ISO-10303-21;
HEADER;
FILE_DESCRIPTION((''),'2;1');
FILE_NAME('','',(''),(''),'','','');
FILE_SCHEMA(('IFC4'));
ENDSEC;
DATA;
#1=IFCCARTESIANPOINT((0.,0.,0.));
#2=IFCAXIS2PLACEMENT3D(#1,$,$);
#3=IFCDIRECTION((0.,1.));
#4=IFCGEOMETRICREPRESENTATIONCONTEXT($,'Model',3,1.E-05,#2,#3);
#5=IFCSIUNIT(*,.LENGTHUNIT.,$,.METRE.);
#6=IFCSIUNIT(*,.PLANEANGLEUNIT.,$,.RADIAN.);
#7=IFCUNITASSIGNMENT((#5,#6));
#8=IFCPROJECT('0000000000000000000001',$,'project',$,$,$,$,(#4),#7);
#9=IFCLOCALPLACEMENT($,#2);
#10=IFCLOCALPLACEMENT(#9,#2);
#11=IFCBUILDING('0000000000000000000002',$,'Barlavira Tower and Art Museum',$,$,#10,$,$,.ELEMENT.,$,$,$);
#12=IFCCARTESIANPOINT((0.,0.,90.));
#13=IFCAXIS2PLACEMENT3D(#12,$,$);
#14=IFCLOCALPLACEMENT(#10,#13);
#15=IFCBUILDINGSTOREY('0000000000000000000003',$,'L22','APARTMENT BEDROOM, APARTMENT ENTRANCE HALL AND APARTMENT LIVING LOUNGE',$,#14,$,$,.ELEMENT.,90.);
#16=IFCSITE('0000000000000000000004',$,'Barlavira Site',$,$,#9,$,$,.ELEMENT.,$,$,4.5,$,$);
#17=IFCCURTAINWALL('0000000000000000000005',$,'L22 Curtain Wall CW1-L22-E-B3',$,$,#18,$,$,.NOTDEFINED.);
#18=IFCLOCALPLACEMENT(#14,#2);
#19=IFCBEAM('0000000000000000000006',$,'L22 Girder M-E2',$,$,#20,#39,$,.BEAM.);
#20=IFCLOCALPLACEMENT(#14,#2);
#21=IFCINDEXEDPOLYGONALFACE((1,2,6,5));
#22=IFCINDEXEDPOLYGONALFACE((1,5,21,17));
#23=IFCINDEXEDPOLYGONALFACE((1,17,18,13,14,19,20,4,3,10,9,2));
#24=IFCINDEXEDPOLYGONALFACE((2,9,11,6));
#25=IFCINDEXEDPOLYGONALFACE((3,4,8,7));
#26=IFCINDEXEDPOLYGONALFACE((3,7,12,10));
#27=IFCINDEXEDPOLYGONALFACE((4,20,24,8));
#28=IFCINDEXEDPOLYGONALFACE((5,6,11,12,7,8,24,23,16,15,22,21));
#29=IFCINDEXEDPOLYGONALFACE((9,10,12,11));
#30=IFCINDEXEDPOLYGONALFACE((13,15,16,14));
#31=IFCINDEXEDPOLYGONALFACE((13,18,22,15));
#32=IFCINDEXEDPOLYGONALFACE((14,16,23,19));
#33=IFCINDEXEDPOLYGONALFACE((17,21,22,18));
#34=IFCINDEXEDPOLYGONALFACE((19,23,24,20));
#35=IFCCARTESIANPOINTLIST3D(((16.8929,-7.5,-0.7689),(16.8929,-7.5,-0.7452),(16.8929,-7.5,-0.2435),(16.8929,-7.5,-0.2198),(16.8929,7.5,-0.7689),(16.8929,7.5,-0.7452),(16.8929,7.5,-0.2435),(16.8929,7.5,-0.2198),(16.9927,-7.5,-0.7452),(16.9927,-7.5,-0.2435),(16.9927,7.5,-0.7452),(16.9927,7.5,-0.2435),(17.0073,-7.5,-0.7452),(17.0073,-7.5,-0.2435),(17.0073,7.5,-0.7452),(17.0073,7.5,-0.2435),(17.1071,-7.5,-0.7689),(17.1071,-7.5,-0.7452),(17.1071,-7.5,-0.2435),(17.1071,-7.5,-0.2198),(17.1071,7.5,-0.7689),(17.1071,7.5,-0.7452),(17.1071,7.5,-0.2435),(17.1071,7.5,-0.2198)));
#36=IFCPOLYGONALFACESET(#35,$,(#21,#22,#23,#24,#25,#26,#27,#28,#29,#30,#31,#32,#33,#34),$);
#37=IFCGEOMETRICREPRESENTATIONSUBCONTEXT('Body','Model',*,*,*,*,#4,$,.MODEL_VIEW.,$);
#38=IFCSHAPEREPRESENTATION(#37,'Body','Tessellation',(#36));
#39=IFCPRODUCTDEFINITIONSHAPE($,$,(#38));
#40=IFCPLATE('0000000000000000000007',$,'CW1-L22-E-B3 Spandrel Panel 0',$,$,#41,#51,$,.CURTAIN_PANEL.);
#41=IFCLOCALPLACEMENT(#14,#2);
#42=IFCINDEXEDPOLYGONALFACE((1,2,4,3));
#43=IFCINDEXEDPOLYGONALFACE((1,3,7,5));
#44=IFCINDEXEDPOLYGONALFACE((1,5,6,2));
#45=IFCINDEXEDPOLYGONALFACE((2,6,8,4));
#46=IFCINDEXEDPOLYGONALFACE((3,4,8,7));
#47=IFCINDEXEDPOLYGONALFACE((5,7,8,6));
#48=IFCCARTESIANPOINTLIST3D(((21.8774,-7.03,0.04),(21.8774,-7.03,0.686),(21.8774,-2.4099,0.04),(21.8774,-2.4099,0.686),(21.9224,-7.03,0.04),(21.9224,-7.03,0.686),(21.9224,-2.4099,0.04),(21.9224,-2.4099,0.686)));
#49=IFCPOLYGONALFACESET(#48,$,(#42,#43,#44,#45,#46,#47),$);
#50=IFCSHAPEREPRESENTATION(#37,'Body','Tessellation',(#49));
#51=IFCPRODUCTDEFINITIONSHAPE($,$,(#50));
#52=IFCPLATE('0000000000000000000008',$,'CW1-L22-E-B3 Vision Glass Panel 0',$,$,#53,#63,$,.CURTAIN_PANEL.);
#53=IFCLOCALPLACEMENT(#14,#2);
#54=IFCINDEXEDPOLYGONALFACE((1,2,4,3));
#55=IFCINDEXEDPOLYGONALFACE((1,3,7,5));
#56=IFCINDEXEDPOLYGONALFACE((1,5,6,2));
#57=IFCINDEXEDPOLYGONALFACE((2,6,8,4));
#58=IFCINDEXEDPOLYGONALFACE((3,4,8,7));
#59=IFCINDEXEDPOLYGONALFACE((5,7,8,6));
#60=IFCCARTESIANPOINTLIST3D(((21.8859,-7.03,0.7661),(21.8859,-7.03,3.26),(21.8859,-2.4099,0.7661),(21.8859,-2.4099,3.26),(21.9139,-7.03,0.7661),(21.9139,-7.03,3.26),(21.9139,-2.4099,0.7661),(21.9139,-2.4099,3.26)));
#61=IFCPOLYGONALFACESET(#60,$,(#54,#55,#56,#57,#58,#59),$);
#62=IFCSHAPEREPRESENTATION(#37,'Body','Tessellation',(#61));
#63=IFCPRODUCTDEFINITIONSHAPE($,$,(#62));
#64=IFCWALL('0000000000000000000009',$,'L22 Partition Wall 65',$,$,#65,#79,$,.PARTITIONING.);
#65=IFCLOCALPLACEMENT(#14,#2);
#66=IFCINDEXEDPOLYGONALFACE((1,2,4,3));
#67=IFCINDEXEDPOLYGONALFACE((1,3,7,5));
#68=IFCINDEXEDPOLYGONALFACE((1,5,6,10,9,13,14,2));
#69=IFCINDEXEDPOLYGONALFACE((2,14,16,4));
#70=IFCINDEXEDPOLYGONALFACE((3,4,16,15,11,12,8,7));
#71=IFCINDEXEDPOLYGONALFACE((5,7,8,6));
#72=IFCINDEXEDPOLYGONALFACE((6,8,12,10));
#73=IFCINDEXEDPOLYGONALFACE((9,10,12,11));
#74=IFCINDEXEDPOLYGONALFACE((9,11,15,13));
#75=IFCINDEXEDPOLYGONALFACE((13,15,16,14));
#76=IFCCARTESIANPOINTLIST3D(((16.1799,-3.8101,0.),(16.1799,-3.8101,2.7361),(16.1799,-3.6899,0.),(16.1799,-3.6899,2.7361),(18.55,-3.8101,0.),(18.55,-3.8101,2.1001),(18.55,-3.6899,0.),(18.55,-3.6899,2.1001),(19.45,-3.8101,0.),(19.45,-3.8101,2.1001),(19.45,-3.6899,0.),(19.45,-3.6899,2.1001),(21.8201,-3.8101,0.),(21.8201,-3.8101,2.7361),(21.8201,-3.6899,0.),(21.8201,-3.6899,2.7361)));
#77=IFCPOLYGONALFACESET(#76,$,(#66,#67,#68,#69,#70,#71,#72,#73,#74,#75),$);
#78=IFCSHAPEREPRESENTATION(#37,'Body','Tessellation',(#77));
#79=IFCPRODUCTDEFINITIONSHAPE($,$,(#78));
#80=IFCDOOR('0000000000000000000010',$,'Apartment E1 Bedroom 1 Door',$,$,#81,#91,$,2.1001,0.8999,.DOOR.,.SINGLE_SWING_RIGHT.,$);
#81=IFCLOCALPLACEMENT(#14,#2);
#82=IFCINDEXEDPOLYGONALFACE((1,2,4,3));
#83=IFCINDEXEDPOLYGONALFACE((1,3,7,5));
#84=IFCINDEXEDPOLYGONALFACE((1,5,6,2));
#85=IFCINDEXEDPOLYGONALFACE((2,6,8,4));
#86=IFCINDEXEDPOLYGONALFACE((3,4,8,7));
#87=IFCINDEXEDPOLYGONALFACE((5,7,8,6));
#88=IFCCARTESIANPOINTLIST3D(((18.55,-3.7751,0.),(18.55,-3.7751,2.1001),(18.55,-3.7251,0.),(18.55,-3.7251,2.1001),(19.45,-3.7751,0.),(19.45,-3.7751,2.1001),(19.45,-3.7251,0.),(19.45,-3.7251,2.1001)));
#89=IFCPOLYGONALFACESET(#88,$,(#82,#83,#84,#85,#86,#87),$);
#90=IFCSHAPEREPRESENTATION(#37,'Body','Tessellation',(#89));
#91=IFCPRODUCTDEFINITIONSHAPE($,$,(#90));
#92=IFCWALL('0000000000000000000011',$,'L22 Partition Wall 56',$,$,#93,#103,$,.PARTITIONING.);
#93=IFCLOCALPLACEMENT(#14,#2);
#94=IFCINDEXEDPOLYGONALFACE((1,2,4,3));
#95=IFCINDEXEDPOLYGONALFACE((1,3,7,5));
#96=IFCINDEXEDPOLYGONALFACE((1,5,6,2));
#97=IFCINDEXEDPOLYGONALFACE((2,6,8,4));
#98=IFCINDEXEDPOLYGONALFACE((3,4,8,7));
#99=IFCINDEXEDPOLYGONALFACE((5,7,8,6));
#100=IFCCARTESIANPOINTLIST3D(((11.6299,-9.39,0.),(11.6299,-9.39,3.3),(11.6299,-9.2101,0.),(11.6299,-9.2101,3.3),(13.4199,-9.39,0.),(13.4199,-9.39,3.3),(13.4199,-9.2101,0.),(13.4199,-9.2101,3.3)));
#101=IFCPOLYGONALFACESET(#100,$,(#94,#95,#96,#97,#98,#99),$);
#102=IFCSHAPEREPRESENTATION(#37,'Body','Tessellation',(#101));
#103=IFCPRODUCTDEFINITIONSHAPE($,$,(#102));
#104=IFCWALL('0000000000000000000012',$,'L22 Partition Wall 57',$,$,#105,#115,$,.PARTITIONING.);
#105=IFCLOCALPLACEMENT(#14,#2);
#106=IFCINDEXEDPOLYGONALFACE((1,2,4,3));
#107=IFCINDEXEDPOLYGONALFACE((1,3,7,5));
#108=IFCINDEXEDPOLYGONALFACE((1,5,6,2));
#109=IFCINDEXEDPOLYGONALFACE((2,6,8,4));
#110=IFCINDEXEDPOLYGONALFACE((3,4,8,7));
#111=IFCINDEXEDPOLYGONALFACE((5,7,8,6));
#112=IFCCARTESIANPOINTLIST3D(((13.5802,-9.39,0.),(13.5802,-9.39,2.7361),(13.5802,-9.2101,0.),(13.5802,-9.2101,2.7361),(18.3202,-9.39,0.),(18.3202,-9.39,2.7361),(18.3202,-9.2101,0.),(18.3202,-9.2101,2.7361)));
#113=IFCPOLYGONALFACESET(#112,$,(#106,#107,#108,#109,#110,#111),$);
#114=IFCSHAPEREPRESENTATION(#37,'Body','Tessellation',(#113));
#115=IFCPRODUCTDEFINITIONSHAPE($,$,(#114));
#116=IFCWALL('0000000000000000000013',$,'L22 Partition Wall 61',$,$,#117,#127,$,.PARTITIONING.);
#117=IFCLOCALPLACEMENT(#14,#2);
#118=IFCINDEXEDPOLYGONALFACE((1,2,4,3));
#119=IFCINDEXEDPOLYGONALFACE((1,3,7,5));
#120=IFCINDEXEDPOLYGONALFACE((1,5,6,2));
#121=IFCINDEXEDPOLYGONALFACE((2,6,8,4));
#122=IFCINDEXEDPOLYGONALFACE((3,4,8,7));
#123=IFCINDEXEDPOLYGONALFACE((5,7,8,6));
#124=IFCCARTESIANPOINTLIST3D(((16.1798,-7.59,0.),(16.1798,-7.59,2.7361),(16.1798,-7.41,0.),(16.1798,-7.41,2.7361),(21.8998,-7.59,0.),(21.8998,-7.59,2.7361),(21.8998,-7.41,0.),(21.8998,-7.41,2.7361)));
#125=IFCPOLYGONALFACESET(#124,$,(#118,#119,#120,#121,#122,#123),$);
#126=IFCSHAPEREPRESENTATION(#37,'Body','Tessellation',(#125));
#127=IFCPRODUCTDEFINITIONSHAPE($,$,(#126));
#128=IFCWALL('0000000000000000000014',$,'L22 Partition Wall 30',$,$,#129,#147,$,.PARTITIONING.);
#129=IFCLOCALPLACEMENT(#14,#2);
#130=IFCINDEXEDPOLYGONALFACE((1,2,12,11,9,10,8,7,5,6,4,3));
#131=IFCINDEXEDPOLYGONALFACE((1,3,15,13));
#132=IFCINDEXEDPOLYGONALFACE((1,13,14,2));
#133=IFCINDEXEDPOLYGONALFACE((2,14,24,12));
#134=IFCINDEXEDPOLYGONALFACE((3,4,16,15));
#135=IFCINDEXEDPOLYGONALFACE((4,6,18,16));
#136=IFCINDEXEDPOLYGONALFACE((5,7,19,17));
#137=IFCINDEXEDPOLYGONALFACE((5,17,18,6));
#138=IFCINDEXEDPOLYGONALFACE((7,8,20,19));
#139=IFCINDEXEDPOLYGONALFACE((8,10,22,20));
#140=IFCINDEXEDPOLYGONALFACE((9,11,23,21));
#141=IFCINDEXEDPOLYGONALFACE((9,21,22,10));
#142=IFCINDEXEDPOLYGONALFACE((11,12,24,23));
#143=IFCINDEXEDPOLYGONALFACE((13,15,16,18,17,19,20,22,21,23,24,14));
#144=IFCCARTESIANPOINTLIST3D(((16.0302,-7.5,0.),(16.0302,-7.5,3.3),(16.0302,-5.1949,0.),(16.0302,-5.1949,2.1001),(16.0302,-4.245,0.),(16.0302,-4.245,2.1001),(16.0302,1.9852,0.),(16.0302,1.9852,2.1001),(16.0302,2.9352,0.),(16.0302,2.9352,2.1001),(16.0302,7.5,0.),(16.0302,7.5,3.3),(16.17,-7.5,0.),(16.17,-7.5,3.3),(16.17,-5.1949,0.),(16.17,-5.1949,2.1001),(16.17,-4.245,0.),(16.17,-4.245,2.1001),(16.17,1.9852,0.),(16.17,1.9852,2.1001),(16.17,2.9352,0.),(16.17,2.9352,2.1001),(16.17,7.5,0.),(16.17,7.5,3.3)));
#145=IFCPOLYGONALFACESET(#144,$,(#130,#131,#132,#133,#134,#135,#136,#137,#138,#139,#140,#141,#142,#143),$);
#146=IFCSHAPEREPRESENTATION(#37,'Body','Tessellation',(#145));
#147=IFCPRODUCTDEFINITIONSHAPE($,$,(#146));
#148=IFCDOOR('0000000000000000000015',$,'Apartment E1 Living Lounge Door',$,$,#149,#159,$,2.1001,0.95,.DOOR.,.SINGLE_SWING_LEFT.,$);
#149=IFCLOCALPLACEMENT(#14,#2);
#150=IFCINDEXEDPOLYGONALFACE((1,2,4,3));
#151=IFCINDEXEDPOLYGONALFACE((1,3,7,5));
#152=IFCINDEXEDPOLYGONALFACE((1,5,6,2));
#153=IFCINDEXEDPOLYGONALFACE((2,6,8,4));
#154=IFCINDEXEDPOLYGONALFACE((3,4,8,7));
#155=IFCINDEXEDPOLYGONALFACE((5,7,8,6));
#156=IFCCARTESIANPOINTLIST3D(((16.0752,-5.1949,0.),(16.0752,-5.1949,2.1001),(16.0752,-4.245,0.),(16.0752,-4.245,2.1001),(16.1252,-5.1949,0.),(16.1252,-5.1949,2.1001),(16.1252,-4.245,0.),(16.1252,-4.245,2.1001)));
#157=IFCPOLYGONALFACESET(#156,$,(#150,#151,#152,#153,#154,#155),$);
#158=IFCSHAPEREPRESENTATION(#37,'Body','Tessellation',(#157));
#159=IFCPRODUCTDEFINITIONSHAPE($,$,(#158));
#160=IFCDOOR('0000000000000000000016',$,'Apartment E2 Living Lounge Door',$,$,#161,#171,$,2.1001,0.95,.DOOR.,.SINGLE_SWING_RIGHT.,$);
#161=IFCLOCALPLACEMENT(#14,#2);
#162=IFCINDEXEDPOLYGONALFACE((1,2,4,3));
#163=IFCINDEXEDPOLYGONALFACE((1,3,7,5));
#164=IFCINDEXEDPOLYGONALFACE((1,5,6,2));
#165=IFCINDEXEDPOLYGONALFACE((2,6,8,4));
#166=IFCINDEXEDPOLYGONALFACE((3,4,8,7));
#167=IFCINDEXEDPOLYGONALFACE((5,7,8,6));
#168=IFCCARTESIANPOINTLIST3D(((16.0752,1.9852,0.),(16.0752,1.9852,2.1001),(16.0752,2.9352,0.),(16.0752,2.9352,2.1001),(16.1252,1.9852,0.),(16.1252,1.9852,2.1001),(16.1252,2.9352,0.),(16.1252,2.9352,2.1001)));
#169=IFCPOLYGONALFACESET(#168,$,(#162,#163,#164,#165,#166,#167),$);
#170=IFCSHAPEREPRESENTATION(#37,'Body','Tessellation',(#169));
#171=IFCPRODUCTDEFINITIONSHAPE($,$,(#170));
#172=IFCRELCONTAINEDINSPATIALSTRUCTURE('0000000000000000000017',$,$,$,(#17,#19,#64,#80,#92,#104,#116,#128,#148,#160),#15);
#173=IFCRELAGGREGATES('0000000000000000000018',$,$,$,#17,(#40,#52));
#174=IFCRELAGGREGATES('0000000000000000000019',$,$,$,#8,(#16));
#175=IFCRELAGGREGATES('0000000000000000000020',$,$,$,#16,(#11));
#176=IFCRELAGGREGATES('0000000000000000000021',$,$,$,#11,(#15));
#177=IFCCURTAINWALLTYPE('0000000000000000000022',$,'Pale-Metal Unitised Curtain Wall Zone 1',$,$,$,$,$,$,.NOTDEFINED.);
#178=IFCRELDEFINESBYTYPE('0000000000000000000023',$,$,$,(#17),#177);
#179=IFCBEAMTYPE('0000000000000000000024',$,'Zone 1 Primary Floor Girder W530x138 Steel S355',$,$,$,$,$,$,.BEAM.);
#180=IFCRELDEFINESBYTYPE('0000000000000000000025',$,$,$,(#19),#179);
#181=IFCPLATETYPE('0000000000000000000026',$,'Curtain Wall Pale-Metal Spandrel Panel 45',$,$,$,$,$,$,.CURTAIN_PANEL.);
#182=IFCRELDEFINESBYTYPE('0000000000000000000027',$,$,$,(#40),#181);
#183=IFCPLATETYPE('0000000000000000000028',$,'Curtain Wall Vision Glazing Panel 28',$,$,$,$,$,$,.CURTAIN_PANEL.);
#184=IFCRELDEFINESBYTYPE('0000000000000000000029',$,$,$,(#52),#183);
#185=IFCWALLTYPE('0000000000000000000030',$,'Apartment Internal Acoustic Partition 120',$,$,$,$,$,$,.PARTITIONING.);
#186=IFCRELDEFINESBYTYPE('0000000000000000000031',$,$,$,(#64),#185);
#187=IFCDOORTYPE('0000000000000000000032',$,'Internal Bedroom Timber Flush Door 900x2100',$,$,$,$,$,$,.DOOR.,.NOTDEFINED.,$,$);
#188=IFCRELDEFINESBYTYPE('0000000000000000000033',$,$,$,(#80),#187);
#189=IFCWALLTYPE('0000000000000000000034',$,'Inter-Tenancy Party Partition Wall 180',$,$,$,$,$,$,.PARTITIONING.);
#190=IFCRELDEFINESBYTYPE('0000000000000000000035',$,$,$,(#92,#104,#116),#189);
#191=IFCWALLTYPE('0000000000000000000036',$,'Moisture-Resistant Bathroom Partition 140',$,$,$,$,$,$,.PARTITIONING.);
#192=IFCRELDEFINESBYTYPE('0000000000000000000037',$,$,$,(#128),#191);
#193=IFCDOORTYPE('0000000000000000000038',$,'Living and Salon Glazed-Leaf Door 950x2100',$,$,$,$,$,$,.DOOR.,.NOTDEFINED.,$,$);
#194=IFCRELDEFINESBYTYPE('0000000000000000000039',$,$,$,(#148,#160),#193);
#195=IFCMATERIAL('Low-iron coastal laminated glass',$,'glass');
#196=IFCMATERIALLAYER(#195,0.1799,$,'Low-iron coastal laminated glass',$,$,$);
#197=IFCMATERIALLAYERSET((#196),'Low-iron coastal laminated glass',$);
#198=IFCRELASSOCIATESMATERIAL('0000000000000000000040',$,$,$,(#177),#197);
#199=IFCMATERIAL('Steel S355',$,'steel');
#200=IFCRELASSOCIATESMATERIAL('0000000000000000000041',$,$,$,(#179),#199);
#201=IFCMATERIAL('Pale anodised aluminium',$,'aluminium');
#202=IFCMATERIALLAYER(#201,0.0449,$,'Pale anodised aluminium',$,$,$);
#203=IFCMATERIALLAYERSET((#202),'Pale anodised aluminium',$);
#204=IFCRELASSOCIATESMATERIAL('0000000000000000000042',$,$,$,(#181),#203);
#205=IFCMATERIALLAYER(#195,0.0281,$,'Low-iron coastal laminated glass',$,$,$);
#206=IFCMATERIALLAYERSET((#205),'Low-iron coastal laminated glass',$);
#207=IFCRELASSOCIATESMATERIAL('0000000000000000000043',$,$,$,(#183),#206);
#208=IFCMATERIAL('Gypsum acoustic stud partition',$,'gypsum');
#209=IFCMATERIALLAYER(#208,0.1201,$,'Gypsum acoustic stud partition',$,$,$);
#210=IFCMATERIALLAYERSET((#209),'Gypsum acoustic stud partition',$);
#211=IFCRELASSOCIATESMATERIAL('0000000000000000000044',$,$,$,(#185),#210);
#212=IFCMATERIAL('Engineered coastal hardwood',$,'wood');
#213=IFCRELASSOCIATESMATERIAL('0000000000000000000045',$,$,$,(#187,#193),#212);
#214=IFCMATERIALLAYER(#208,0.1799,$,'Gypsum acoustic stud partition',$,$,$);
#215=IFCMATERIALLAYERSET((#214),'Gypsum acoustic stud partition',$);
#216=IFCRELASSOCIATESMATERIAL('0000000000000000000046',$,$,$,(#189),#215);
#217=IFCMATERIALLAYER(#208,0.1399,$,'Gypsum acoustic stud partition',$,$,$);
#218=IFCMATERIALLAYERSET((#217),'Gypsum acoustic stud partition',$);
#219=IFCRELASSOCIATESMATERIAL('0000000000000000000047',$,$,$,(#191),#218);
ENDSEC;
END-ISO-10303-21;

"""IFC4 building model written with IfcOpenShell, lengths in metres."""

from ifc_helpers import new_model, si_unit, direction, frame, frame_2d, origin, origin_2d, place, context, subcontext, project, spatial, rectangle, i_section, extrude, material, layer, layer_set, material_profile, profile_set, type_object, element, fill, aggregate, save


model = new_model("IFC4")

# Units and contexts
model_context = context("Model", 3, precision=1e-05, world=origin(), true_north=direction((0.0, 1.0)))
body_context = subcontext(model_context, "Body", "Model", "MODEL_VIEW")
ifc_project = project(units=[si_unit("LENGTHUNIT", "METRE"), si_unit("PLANEANGLEUNIT", "RADIAN")], contexts=[model_context])

# Site, building, storey
site_placement = place(None, origin())
site = spatial("IfcSite", under=ifc_project, at=site_placement, Name="Barlavira Site", CompositionType="ELEMENT", RefElevation=4.5)
building_placement = place(site_placement, origin())
building = spatial("IfcBuilding", under=site, at=building_placement, Name="Barlavira Tower and Art Museum", CompositionType="ELEMENT")
storey_placement = place(building_placement, frame((0.0, 0.0, 90.0)))
storey = spatial("IfcBuildingStorey", under=building, at=storey_placement, Name="L22", Description="APARTMENT BEDROOM, APARTMENT ENTRANCE HALL AND APARTMENT LIVING LOUNGE", CompositionType="ELEMENT", Elevation=90.0)

# Curtain wall
ifc_material_1 = material(Name="Low-iron coastal laminated glass", Category="glass")
ifc_layer_1 = layer(ifc_material_1, 0.1799, Name="Low-iron coastal laminated glass")
ifc_layer_set_1 = layer_set([ifc_layer_1], Name="Low-iron coastal laminated glass")
curtain_wall_type = type_object("IfcCurtainWallType", Name="Pale-Metal Unitised Curtain Wall Zone 1", PredefinedType="NOTDEFINED", material=ifc_layer_set_1)
curtain_wall_placement = place(storey_placement, origin())
curtain_wall = element("IfcCurtainWall", 1, at=curtain_wall_placement, inside=storey, type_object=curtain_wall_type, Name="L22 Curtain Wall CW1-L22-E-B3", PredefinedType="NOTDEFINED")
ifc_material_2 = material(Name="Pale anodised aluminium", Category="aluminium")

# Shared definitions
ifc_material_3 = material(Name="Steel S355", Category="steel")

# Beam
ifc_material_profile_1 = material_profile(ifc_material_3, i_section(OverallWidth=0.2141, OverallDepth=0.5491, WebThickness=0.0146, FlangeThickness=0.0237, at=origin_2d()), Name="W530x138.0")
ifc_profile_set_1 = profile_set([ifc_material_profile_1], Name="Steel S355")
beam_type_1 = type_object("IfcBeamType", Name="Zone 1 Primary Floor Girder W530x138 Steel S355", PredefinedType="BEAM", material=ifc_profile_set_1)
beam_1_placement = place(storey_placement, frame((17.0, -7.5, -0.4944), z_axis=(0.0, 1.0, 0.0), x_axis=(-1.0, 0.0, 0.0)))
element("IfcBeam", 2, at=beam_1_placement, inside=storey, type_object=beam_type_1, Name="L22 Girder M-E2", PredefinedType="BEAM", context=body_context, shape_type="SweptSolid", body=[
    extrude(i_section(OverallWidth=0.2141, OverallDepth=0.5491, WebThickness=0.0146, FlangeThickness=0.0237, at=origin_2d()), origin(), (0.0, 0.0, 1.0), 15.0),
])

# Plates
ifc_layer_2 = layer(ifc_material_2, 0.0449, Name="Pale anodised aluminium")
ifc_layer_set_2 = layer_set([ifc_layer_2], Name="Pale anodised aluminium")
plate_type_1 = type_object("IfcPlateType", Name="Curtain Wall Pale-Metal Spandrel Panel 45", PredefinedType="CURTAIN_PANEL", material=ifc_layer_set_2)
plate_1_placement = place(storey_placement, frame((21.8999, -4.72, 0.04), z_axis=(0.0, 0.0, 1.0), x_axis=(0.0, 1.0, 0.0)))
plate_1 = element("IfcPlate", 3, at=plate_1_placement, type_object=plate_type_1, Name="CW1-L22-E-B3 Spandrel Panel 0", PredefinedType="CURTAIN_PANEL", context=body_context, shape_type="SweptSolid", body=[
    extrude(rectangle(XDim=4.6201, YDim=0.0449, at=origin_2d()), origin(), (0.0, 0.0, 1.0), 0.646),
])
ifc_layer_3 = layer(ifc_material_1, 0.0281, Name="Low-iron coastal laminated glass")
ifc_layer_set_3 = layer_set([ifc_layer_3], Name="Low-iron coastal laminated glass")
plate_type_2 = type_object("IfcPlateType", Name="Curtain Wall Vision Glazing Panel 28", PredefinedType="CURTAIN_PANEL", material=ifc_layer_set_3)
plate_2_placement = place(storey_placement, frame((21.8999, -4.72, 0.7661), z_axis=(0.0, 0.0, 1.0), x_axis=(0.0, 1.0, 0.0)))
plate_2 = element("IfcPlate", 4, at=plate_2_placement, type_object=plate_type_2, Name="CW1-L22-E-B3 Vision Glass Panel 0", PredefinedType="CURTAIN_PANEL", context=body_context, shape_type="SweptSolid", body=[
    extrude(rectangle(XDim=4.6201, YDim=0.0281, at=origin_2d()), origin(), (0.0, 0.0, 1.0), 2.4939),
])
aggregate(curtain_wall, [plate_1, plate_2])

# Wall, opening, door
ifc_material_4 = material(Name="Gypsum acoustic stud partition", Category="gypsum")
ifc_layer_4 = layer(ifc_material_4, 0.1201, Name="Gypsum acoustic stud partition")
ifc_layer_set_4 = layer_set([ifc_layer_4], Name="Gypsum acoustic stud partition")
wall_type_1 = type_object("IfcWallType", Name="Apartment Internal Acoustic Partition 120", PredefinedType="PARTITIONING", material=ifc_layer_set_4)
wall_1_placement = place(storey_placement, frame((16.1799, -3.75, 0.0), z_axis=(0.0, 0.0, 1.0), x_axis=(1.0, 0.0, 0.0)))
wall_1 = element("IfcWall", 5, at=wall_1_placement, inside=storey, type_object=wall_type_1, Name="L22 Partition Wall 65", PredefinedType="PARTITIONING", context=body_context, shape_type="SweptSolid", body=[
    extrude(rectangle(XDim=5.6401, YDim=0.1201, at=frame_2d((2.8201, 0.0))), origin(), (0.0, 0.0, 1.0), 2.7361),
])
opening_1_placement = place(wall_1_placement, frame((2.3701, 0.0, 0.0)))
opening_1 = element("IfcOpeningElement", 6, at=opening_1_placement, cuts=wall_1, PredefinedType="OPENING", context=body_context, shape_type="SweptSolid", body=[
    extrude(rectangle(XDim=0.8999, YDim=2.1001, at=frame_2d((0.45, 1.05))), frame((0.0, 0.0701, 0.0), z_axis=(0.0, -1.0, 0.0), x_axis=(1.0, 0.0, 0.0)), (0.0, 0.0, 1.0), 0.1401),
])
ifc_material_5 = material(Name="Engineered coastal hardwood", Category="wood")
door_type_1 = type_object("IfcDoorType", Name="Internal Bedroom Timber Flush Door 900x2100", OperationType="NOTDEFINED", PredefinedType="DOOR", material=ifc_material_5)
door_1_placement = place(opening_1_placement, origin())
door_1 = element("IfcDoor", 7, at=door_1_placement, inside=storey, type_object=door_type_1, Name="Apartment E1 Bedroom 1 Door", OperationType="SINGLE_SWING_RIGHT", OverallHeight=2.1001, OverallWidth=0.8999, PredefinedType="DOOR", context=body_context, shape_type="SweptSolid", body=[
    extrude(rectangle(XDim=0.8999, YDim=2.1001, at=frame_2d((0.45, 1.05))), frame((0.0, 0.0249, 0.0), z_axis=(0.0, -1.0, 0.0), x_axis=(1.0, 0.0, 0.0)), (0.0, 0.0, 1.0), 0.05),
])
fill(opening_1, door_1)

# Walls
ifc_layer_5 = layer(ifc_material_4, 0.1799, Name="Gypsum acoustic stud partition")
ifc_layer_set_5 = layer_set([ifc_layer_5], Name="Gypsum acoustic stud partition")
wall_type_2 = type_object("IfcWallType", Name="Inter-Tenancy Party Partition Wall 180", PredefinedType="PARTITIONING", material=ifc_layer_set_5)
wall_2_placement = place(storey_placement, frame((11.6299, -9.3, 0.0), z_axis=(0.0, 0.0, 1.0), x_axis=(1.0, 0.0, 0.0)))
element("IfcWall", 8, at=wall_2_placement, inside=storey, type_object=wall_type_2, Name="L22 Partition Wall 56", PredefinedType="PARTITIONING", context=body_context, shape_type="SweptSolid", body=[
    extrude(rectangle(XDim=1.79, YDim=0.1799, at=frame_2d((0.895, 0.0))), origin(), (0.0, 0.0, 1.0), 3.3),
])
wall_3_placement = place(storey_placement, frame((13.5801, -9.3, 0.0), z_axis=(0.0, 0.0, 1.0), x_axis=(1.0, 0.0, 0.0)))
element("IfcWall", 9, at=wall_3_placement, inside=storey, type_object=wall_type_2, Name="L22 Partition Wall 57", PredefinedType="PARTITIONING", context=body_context, shape_type="SweptSolid", body=[
    extrude(rectangle(XDim=4.74, YDim=0.1799, at=frame_2d((2.3701, 0.0))), origin(), (0.0, 0.0, 1.0), 2.7361),
])
wall_4_placement = place(storey_placement, frame((16.1799, -7.5, 0.0), z_axis=(0.0, 0.0, 1.0), x_axis=(1.0, 0.0, 0.0)))
element("IfcWall", 10, at=wall_4_placement, inside=storey, type_object=wall_type_2, Name="L22 Partition Wall 61", PredefinedType="PARTITIONING", context=body_context, shape_type="SweptSolid", body=[
    extrude(rectangle(XDim=5.72, YDim=0.1799, at=frame_2d((2.8599, 0.0))), origin(), (0.0, 0.0, 1.0), 2.7361),
])

# Wall, openings, doors
ifc_layer_6 = layer(ifc_material_4, 0.1399, Name="Gypsum acoustic stud partition")
ifc_layer_set_6 = layer_set([ifc_layer_6], Name="Gypsum acoustic stud partition")
wall_type_3 = type_object("IfcWallType", Name="Moisture-Resistant Bathroom Partition 140", PredefinedType="PARTITIONING", material=ifc_layer_set_6)
wall_5_placement = place(storey_placement, frame((16.1001, -7.5, 0.0), z_axis=(0.0, 0.0, 1.0), x_axis=(0.0, 1.0, 0.0)))
wall_5 = element("IfcWall", 11, at=wall_5_placement, inside=storey, type_object=wall_type_3, Name="L22 Partition Wall 30", PredefinedType="PARTITIONING", context=body_context, shape_type="SweptSolid", body=[
    extrude(rectangle(XDim=15.0, YDim=0.1399, at=frame_2d((7.5, 0.0))), origin(), (0.0, 0.0, 1.0), 3.3),
])
opening_2_placement = place(wall_5_placement, frame((2.3049, 0.0, 0.0)))
opening_2 = element("IfcOpeningElement", 12, at=opening_2_placement, cuts=wall_5, PredefinedType="OPENING", context=body_context, shape_type="SweptSolid", body=[
    extrude(rectangle(XDim=0.95, YDim=2.1001, at=frame_2d((0.4751, 1.05))), frame((0.0, 0.0801, 0.0), z_axis=(0.0, -1.0, 0.0), x_axis=(1.0, 0.0, 0.0)), (0.0, 0.0, 1.0), 0.1599),
])
opening_3_placement = place(wall_5_placement, frame((9.4851, 0.0, 0.0)))
opening_3 = element("IfcOpeningElement", 13, at=opening_3_placement, cuts=wall_5, PredefinedType="OPENING", context=body_context, shape_type="SweptSolid", body=[
    extrude(rectangle(XDim=0.95, YDim=2.1001, at=frame_2d((0.4751, 1.05))), frame((0.0, 0.0801, 0.0), z_axis=(0.0, -1.0, 0.0), x_axis=(1.0, 0.0, 0.0)), (0.0, 0.0, 1.0), 0.1599),
])
door_type_2 = type_object("IfcDoorType", Name="Living and Salon Glazed-Leaf Door 950x2100", OperationType="NOTDEFINED", PredefinedType="DOOR", material=ifc_material_5)
door_2_placement = place(opening_2_placement, origin())
door_2 = element("IfcDoor", 14, at=door_2_placement, inside=storey, type_object=door_type_2, Name="Apartment E1 Living Lounge Door", OperationType="SINGLE_SWING_LEFT", OverallHeight=2.1001, OverallWidth=0.95, PredefinedType="DOOR", context=body_context, shape_type="SweptSolid", body=[
    extrude(rectangle(XDim=0.95, YDim=2.1001, at=frame_2d((0.4751, 1.05))), frame((0.0, 0.0249, 0.0), z_axis=(0.0, -1.0, 0.0), x_axis=(1.0, 0.0, 0.0)), (0.0, 0.0, 1.0), 0.05),
])
fill(opening_2, door_2)
door_3_placement = place(opening_3_placement, origin())
door_3 = element("IfcDoor", 15, at=door_3_placement, inside=storey, type_object=door_type_2, Name="Apartment E2 Living Lounge Door", OperationType="SINGLE_SWING_RIGHT", OverallHeight=2.1001, OverallWidth=0.95, PredefinedType="DOOR", context=body_context, shape_type="SweptSolid", body=[
    extrude(rectangle(XDim=0.95, YDim=2.1001, at=frame_2d((0.4751, 1.05))), frame((0.0, 0.0249, 0.0), z_axis=(0.0, -1.0, 0.0), x_axis=(1.0, 0.0, 0.0)), (0.0, 0.0, 1.0), 0.05),
])
fill(opening_3, door_3)

save(model, "model.ifc")
